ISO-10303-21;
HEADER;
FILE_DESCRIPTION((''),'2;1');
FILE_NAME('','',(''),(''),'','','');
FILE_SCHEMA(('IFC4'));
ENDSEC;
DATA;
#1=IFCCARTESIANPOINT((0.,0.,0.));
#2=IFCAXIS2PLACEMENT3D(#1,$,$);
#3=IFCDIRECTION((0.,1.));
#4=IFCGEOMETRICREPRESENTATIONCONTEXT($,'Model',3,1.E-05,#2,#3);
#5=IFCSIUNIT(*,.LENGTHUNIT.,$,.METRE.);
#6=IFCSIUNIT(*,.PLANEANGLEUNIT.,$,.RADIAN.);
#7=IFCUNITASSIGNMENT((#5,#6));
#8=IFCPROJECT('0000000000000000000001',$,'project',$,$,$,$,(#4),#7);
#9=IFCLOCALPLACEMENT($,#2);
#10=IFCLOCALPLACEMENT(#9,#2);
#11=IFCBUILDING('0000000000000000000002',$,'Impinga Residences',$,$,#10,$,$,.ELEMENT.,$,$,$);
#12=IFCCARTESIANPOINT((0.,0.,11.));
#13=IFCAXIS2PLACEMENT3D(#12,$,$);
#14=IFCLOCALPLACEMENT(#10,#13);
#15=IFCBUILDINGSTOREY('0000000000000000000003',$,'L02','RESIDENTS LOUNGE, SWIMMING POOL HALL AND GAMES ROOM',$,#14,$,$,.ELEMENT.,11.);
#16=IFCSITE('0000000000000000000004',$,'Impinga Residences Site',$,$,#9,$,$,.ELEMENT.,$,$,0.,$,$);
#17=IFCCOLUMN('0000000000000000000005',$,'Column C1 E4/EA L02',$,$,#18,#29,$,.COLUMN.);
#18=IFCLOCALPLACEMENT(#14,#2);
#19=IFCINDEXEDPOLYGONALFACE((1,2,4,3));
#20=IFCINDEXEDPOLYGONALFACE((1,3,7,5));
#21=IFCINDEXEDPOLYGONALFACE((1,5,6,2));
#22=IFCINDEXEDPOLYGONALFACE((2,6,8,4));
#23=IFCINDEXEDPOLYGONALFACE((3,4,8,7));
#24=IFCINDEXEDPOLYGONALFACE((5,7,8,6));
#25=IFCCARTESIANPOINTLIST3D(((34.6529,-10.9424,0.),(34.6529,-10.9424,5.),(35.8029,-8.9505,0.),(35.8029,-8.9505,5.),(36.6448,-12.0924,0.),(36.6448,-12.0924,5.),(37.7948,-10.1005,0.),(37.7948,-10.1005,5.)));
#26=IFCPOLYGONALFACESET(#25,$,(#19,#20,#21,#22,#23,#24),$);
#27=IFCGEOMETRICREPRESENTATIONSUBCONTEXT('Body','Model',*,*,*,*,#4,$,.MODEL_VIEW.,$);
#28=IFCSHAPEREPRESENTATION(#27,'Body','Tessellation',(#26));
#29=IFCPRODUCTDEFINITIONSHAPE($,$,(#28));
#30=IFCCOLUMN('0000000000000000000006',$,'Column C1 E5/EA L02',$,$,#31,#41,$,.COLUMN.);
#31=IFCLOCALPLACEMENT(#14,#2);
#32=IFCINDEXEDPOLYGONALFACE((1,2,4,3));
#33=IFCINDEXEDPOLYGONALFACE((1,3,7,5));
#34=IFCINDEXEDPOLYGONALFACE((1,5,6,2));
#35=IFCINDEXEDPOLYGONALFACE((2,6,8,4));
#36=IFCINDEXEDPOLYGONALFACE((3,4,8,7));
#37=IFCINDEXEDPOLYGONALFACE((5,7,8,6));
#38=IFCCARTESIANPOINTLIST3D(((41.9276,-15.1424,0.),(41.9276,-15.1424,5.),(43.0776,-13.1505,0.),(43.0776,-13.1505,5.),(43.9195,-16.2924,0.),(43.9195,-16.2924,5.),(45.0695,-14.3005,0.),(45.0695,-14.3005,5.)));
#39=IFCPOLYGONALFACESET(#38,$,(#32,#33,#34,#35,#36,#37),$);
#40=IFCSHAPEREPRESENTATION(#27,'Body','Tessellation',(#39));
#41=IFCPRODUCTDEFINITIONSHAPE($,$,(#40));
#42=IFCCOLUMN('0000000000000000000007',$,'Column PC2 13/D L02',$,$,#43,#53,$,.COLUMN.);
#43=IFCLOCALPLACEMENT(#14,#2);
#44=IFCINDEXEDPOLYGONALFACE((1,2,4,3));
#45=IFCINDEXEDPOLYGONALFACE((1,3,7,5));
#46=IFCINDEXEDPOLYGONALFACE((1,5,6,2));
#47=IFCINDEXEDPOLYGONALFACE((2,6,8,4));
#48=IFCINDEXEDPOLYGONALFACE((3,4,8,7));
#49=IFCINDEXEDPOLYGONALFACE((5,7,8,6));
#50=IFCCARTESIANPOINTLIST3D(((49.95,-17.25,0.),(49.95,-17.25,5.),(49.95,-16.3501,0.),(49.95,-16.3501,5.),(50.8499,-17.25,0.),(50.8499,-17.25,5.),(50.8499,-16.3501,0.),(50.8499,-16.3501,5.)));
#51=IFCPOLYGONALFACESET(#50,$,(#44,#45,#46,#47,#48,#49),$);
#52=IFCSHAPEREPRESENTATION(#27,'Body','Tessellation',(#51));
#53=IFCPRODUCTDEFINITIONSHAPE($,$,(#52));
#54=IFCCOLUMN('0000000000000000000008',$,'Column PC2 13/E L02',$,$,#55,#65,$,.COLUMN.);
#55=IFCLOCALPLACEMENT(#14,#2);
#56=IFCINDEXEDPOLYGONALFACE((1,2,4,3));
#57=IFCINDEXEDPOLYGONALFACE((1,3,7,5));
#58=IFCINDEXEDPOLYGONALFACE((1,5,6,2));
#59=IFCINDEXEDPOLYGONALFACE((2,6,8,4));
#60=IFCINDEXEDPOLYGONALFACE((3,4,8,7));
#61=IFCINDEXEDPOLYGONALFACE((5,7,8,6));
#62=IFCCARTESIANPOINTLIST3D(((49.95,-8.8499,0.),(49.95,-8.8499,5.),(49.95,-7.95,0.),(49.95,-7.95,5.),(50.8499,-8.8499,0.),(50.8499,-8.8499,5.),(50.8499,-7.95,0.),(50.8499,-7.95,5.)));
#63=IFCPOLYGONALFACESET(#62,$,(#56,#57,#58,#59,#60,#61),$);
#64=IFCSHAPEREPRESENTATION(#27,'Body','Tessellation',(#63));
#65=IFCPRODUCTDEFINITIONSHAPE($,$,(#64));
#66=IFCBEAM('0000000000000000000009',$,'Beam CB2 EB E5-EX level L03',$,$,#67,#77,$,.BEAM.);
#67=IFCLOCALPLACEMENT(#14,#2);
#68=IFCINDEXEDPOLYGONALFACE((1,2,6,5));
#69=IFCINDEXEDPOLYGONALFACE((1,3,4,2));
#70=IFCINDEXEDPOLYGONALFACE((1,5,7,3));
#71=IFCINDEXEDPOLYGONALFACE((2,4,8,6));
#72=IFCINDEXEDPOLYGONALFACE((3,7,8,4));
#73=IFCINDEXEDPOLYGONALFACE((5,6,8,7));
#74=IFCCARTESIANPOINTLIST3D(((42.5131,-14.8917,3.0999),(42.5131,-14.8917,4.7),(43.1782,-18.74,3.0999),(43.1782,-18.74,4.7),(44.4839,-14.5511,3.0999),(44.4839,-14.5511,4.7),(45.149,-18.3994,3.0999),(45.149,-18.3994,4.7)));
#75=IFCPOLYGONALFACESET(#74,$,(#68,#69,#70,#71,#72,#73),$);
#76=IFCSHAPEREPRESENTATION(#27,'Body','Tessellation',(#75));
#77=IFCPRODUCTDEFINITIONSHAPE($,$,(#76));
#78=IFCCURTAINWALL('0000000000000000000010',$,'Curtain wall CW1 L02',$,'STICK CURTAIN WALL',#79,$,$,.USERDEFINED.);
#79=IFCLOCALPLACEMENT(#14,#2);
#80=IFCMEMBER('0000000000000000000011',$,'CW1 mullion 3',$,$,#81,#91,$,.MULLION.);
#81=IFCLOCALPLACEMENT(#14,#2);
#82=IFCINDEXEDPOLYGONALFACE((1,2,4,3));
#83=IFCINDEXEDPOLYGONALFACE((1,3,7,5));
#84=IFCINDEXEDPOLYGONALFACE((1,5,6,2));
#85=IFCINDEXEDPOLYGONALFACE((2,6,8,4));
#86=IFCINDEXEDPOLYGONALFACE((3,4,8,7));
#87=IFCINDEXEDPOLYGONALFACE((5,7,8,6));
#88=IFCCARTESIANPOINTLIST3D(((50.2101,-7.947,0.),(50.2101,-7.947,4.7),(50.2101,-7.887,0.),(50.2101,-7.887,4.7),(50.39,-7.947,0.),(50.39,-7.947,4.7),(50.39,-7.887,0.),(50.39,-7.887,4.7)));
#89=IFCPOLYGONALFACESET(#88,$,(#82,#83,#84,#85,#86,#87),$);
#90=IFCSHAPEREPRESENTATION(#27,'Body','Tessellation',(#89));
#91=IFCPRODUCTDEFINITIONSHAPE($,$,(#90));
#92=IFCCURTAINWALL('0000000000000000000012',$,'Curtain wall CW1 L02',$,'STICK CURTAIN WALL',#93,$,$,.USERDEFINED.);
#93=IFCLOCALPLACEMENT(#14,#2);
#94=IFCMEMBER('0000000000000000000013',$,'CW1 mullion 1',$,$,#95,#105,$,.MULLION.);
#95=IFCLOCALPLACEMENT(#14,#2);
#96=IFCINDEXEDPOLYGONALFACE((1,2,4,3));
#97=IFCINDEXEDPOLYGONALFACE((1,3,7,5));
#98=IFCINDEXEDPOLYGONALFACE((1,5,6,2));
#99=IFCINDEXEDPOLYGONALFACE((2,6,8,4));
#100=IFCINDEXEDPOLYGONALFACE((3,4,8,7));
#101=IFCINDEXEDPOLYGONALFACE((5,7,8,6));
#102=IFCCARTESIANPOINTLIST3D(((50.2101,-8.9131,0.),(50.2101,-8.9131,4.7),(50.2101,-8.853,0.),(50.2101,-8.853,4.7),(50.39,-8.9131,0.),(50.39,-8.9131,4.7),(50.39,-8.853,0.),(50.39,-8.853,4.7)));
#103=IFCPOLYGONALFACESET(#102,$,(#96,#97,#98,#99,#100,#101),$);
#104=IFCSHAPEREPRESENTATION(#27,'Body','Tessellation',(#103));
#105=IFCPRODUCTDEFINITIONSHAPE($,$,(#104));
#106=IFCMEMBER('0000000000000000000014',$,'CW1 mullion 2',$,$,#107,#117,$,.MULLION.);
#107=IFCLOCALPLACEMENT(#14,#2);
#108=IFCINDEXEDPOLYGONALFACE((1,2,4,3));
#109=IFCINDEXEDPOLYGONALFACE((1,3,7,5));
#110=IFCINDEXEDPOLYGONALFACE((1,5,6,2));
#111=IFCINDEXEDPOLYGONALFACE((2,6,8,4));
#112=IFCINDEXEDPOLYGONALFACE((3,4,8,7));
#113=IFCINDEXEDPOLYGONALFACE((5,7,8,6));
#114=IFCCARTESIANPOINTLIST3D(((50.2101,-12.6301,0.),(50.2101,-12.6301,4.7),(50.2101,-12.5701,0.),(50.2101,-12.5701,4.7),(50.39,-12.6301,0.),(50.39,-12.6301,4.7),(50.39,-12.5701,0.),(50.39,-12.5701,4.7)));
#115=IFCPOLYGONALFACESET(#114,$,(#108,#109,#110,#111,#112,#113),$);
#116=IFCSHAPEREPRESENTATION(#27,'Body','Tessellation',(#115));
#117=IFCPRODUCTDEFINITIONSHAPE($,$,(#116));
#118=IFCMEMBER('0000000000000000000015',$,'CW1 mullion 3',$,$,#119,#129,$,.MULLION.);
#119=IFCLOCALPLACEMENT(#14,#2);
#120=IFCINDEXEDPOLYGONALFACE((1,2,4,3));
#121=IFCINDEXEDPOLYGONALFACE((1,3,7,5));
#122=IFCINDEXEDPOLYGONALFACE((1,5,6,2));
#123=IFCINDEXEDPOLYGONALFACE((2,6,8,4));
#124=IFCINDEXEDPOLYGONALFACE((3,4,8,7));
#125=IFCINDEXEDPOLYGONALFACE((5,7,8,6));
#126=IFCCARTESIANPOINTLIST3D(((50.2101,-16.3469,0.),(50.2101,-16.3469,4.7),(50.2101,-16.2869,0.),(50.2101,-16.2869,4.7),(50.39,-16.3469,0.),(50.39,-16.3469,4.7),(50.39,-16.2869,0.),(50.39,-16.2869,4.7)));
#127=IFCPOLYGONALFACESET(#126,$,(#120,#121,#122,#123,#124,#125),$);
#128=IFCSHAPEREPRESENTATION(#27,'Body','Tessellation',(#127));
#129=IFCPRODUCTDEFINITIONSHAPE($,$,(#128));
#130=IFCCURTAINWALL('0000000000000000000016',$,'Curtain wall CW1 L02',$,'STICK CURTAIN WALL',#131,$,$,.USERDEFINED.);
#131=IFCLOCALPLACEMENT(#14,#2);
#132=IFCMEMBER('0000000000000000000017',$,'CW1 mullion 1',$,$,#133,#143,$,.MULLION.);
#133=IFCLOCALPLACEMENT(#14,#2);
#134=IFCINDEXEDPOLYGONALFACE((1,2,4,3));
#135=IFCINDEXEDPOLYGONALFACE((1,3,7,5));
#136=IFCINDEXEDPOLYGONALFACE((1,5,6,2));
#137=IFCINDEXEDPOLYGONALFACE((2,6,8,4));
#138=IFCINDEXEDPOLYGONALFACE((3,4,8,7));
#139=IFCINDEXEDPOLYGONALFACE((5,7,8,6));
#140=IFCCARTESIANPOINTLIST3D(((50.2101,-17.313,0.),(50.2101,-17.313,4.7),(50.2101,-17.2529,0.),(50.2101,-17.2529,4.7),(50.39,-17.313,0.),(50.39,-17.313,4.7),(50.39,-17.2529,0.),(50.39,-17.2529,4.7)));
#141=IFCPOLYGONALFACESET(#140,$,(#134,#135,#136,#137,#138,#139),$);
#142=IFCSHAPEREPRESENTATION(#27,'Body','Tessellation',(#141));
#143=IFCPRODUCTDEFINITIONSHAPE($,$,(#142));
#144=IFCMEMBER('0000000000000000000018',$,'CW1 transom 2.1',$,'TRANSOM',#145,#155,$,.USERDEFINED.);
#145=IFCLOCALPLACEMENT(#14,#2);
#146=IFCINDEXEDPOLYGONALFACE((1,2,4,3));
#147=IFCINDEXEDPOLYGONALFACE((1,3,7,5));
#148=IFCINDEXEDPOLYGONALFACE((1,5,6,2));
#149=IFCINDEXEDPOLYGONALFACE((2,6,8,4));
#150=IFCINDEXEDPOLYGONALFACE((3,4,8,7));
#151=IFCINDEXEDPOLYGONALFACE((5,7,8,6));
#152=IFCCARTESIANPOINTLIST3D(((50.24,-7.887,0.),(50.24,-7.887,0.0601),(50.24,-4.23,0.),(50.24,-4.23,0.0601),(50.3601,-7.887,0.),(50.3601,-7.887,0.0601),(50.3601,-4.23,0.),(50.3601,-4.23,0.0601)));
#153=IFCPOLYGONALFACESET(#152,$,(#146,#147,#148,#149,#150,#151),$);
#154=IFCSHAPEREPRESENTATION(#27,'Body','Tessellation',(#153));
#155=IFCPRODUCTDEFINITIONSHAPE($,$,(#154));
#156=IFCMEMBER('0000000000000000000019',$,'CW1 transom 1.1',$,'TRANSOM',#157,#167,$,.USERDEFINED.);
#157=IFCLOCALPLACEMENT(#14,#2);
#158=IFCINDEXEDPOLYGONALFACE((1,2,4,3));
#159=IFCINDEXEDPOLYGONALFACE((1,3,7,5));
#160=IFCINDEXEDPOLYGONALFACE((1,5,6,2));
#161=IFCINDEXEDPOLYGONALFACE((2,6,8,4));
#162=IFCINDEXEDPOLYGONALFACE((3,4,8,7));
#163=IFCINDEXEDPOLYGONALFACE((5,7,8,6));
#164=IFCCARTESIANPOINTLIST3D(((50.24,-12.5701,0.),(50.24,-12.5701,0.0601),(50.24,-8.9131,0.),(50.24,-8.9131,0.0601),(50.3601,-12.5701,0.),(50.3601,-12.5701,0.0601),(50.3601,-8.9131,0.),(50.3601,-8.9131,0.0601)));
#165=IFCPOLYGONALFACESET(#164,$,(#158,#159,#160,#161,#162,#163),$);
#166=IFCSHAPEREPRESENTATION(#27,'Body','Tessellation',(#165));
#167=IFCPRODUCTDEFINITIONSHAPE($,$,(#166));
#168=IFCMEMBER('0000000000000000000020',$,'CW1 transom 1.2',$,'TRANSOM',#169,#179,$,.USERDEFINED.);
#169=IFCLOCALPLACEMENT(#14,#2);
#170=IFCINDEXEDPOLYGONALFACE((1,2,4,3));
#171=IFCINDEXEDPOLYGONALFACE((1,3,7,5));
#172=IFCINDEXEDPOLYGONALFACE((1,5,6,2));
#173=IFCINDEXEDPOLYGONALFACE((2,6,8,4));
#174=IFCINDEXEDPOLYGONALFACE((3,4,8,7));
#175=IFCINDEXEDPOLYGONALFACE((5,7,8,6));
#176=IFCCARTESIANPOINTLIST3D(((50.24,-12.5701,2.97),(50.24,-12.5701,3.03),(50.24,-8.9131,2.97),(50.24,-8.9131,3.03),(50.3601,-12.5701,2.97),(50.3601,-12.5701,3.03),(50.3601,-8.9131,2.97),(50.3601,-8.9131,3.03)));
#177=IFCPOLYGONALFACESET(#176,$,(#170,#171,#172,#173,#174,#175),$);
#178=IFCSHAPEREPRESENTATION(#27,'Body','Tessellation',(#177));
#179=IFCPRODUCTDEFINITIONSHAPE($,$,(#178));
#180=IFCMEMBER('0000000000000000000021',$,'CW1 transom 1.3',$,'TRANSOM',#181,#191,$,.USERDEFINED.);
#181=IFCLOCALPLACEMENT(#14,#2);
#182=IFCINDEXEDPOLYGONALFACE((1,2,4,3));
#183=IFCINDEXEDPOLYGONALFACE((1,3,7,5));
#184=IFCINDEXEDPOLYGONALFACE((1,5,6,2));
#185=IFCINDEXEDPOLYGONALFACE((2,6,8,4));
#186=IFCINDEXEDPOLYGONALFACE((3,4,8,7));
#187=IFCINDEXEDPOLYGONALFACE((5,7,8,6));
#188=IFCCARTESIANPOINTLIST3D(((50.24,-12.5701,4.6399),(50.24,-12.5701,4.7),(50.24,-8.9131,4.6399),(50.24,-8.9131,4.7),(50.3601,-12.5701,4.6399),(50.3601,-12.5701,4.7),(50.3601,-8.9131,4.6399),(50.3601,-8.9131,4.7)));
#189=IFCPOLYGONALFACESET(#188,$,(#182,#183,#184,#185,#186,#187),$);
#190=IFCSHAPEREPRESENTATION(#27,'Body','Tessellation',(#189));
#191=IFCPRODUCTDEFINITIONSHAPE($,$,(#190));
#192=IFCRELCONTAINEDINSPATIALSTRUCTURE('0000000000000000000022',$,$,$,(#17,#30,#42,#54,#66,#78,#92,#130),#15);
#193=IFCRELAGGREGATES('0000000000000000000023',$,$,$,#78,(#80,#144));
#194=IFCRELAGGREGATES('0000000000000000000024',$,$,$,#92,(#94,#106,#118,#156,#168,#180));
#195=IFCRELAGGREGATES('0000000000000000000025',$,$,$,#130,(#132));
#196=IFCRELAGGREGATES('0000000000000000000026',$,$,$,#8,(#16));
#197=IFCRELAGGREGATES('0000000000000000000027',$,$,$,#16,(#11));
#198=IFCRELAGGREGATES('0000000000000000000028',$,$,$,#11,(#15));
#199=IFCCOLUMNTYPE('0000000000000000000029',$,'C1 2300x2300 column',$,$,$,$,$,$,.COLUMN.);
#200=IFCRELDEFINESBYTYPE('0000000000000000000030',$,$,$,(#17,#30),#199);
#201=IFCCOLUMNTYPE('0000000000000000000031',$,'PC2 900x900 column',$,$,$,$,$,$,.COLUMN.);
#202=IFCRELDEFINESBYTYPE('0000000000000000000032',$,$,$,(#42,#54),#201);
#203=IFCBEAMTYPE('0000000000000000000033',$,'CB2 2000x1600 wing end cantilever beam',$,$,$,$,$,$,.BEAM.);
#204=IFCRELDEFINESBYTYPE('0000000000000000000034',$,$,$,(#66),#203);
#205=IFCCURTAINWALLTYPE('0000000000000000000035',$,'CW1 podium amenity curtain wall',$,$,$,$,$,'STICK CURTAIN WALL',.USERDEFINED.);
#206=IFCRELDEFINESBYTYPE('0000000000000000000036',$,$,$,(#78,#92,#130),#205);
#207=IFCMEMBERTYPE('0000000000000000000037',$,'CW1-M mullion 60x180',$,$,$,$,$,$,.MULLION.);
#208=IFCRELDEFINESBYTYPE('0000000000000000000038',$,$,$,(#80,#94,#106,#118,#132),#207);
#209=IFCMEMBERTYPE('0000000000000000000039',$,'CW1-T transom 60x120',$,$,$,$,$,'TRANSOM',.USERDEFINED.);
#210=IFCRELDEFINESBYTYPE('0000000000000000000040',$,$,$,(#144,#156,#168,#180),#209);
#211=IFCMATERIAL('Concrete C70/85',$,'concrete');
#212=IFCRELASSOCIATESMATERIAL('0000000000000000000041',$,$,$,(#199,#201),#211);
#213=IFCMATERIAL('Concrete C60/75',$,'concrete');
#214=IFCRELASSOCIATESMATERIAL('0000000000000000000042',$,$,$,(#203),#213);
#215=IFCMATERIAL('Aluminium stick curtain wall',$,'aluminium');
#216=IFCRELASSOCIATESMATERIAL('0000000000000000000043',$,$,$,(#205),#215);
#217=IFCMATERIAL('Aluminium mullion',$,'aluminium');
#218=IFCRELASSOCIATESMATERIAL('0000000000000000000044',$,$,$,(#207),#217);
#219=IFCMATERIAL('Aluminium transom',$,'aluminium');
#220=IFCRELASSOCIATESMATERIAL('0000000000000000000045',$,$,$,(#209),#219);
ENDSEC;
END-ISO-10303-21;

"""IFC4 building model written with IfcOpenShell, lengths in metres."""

from ifc_helpers import new_model, si_unit, direction, frame, origin, origin_2d, place, context, subcontext, project, spatial, rectangle, extrude, material, material_profile, profile_set, type_object, element, aggregate, save


model = new_model("IFC4")

# Units and contexts
model_context = context("Model", 3, precision=1e-05, world=origin(), true_north=direction((0.0, 1.0)))
body_context = subcontext(model_context, "Body", "Model", "MODEL_VIEW")
ifc_project = project(units=[si_unit("LENGTHUNIT", "METRE"), si_unit("PLANEANGLEUNIT", "RADIAN")], contexts=[model_context])

# Site, building, storey
site_placement = place(None, origin())
site = spatial("IfcSite", under=ifc_project, at=site_placement, Name="Impinga Residences Site", CompositionType="ELEMENT", RefElevation=0.0)
building_placement = place(site_placement, origin())
building = spatial("IfcBuilding", under=site, at=building_placement, Name="Impinga Residences", CompositionType="ELEMENT")
storey_placement = place(building_placement, frame((0.0, 0.0, 11.0)))
storey = spatial("IfcBuildingStorey", under=building, at=storey_placement, Name="L02", Description="RESIDENTS LOUNGE, SWIMMING POOL HALL AND GAMES ROOM", CompositionType="ELEMENT", Elevation=11.0)

# Columns
ifc_material_1 = material(Name="Concrete C70/85", Category="concrete")
ifc_material_profile_1 = material_profile(ifc_material_1, rectangle(XDim=2.3, YDim=2.3, at=origin_2d()), Name="RC 2300x2300")
ifc_profile_set_1 = profile_set([ifc_material_profile_1], Name="Concrete C70/85")
column_type_1 = type_object("IfcColumnType", Name="C1 2300x2300 column", PredefinedType="COLUMN", material=ifc_profile_set_1)
for number, where, z_axis, x_axis, name in (
    (1, (36.2239, -10.5215, 0.0), (0.0, 0.0, 1.0), (-0.5, -0.866025, 0.0), "Column C1 E4/EA L02"),
    (2, (43.4985, -14.7214, 0.0), (0.0, 0.0, 1.0), (-0.5, -0.866025, 0.0), "Column C1 E5/EA L02"),
):
    element("IfcColumn", number, at=place(storey_placement, frame(where, z_axis=z_axis, x_axis=x_axis)), inside=storey, type_object=column_type_1, Name=name, PredefinedType="COLUMN", context=body_context, shape_type="SweptSolid", body=[
        extrude(rectangle(XDim=2.3, YDim=2.3, at=origin_2d()), origin(), (0.0, 0.0, 1.0), 5.0),
    ])
ifc_material_profile_2 = material_profile(ifc_material_1, rectangle(XDim=0.8999, YDim=0.8999, at=origin_2d()), Name="RC 900x900")
ifc_profile_set_2 = profile_set([ifc_material_profile_2], Name="Concrete C70/85")
column_type_2 = type_object("IfcColumnType", Name="PC2 900x900 column", PredefinedType="COLUMN", material=ifc_profile_set_2)
for number, where, z_axis, x_axis, name in (
    (3, (50.3999, -16.8, 0.0), (0.0, 0.0, 1.0), (1.0, 0.0, 0.0), "Column PC2 13/D L02"),
    (4, (50.3999, -8.3999, 0.0), (0.0, 0.0, 1.0), (1.0, 0.0, 0.0), "Column PC2 13/E L02"),
):
    element("IfcColumn", number, at=place(storey_placement, frame(where, z_axis=z_axis, x_axis=x_axis)), inside=storey, type_object=column_type_2, Name=name, PredefinedType="COLUMN", context=body_context, shape_type="SweptSolid", body=[
        extrude(rectangle(XDim=0.8999, YDim=0.8999, at=origin_2d()), origin(), (0.0, 0.0, 1.0), 5.0),
    ])

# Beam
ifc_material_2 = material(Name="Concrete C60/75", Category="concrete")
ifc_material_profile_3 = material_profile(ifc_material_2, rectangle(XDim=2.0, YDim=1.6001, at=origin_2d()), Name="RC 2000x1600")
ifc_profile_set_3 = profile_set([ifc_material_profile_3], Name="Concrete C60/75")
beam_type_1 = type_object("IfcBeamType", Name="CB2 2000x1600 wing end cantilever beam", PredefinedType="BEAM", material=ifc_profile_set_3)
beam_1_placement = place(storey_placement, frame((43.4985, -14.7214, 3.8999), z_axis=(0.170296, -0.985393, 0.0), x_axis=(0.985393, 0.170296, 0.0)))
element("IfcBeam", 5, at=beam_1_placement, inside=storey, type_object=beam_type_1, Name="Beam CB2 EB E5-EX level L03", PredefinedType="BEAM", context=body_context, shape_type="SweptSolid", body=[
    extrude(rectangle(XDim=2.0, YDim=1.6001, at=origin_2d()), origin(), (0.0, 0.0, 1.0), 3.9053),
])

# Curtain wall, member
ifc_material_3 = material(Name="Aluminium stick curtain wall", Category="aluminium")
curtain_wall_type = type_object("IfcCurtainWallType", Name="CW1 podium amenity curtain wall", ElementType="STICK CURTAIN WALL", PredefinedType="USERDEFINED", material=ifc_material_3)
curtain_wall_1_placement = place(storey_placement, origin())
curtain_wall_1 = element("IfcCurtainWall", 6, at=curtain_wall_1_placement, inside=storey, type_object=curtain_wall_type, Name="Curtain wall CW1 L02", ObjectType="STICK CURTAIN WALL", PredefinedType="USERDEFINED")
ifc_material_4 = material(Name="Aluminium mullion", Category="aluminium")
ifc_material_profile_4 = material_profile(ifc_material_4, rectangle(XDim=0.0601, YDim=0.1799, at=origin_2d()), Name="60x180 mullion")
ifc_profile_set_4 = profile_set([ifc_material_profile_4], Name="Aluminium mullion")
member_type_1 = type_object("IfcMemberType", Name="CW1-M mullion 60x180", PredefinedType="MULLION", material=ifc_profile_set_4)
member_1_placement = place(storey_placement, frame((50.3, -7.917, 0.0), z_axis=(0.0, 0.0, 1.0), x_axis=(0.0, -1.0, 0.0)))
member_1 = element("IfcMember", 7, at=member_1_placement, type_object=member_type_1, Name="CW1 mullion 3", PredefinedType="MULLION", context=body_context, shape_type="SweptSolid", body=[
    extrude(rectangle(XDim=0.0601, YDim=0.1799, at=origin_2d()), origin(), (0.0, 0.0, 1.0), 4.7),
])

# Curtain wall, members
curtain_wall_2_placement = place(storey_placement, origin())
curtain_wall_2 = element("IfcCurtainWall", 8, at=curtain_wall_2_placement, inside=storey, type_object=curtain_wall_type, Name="Curtain wall CW1 L02", ObjectType="STICK CURTAIN WALL", PredefinedType="USERDEFINED")
member_2_placement = place(storey_placement, frame((50.3, -8.8831, 0.0), z_axis=(0.0, 0.0, 1.0), x_axis=(0.0, -1.0, 0.0)))
member_2 = element("IfcMember", 9, at=member_2_placement, type_object=member_type_1, Name="CW1 mullion 1", PredefinedType="MULLION", context=body_context, shape_type="SweptSolid", body=[
    extrude(rectangle(XDim=0.0601, YDim=0.1799, at=origin_2d()), origin(), (0.0, 0.0, 1.0), 4.7),
])
member_3_placement = place(storey_placement, frame((50.3, -12.6001, 0.0), z_axis=(0.0, 0.0, 1.0), x_axis=(0.0, -1.0, 0.0)))
member_3 = element("IfcMember", 10, at=member_3_placement, type_object=member_type_1, Name="CW1 mullion 2", PredefinedType="MULLION", context=body_context, shape_type="SweptSolid", body=[
    extrude(rectangle(XDim=0.0601, YDim=0.1799, at=origin_2d()), origin(), (0.0, 0.0, 1.0), 4.7),
])
member_4_placement = place(storey_placement, frame((50.3, -16.3169, 0.0), z_axis=(0.0, 0.0, 1.0), x_axis=(0.0, -1.0, 0.0)))
member_4 = element("IfcMember", 11, at=member_4_placement, type_object=member_type_1, Name="CW1 mullion 3", PredefinedType="MULLION", context=body_context, shape_type="SweptSolid", body=[
    extrude(rectangle(XDim=0.0601, YDim=0.1799, at=origin_2d()), origin(), (0.0, 0.0, 1.0), 4.7),
])

# Curtain wall, member
curtain_wall_3_placement = place(storey_placement, origin())
curtain_wall_3 = element("IfcCurtainWall", 12, at=curtain_wall_3_placement, inside=storey, type_object=curtain_wall_type, Name="Curtain wall CW1 L02", ObjectType="STICK CURTAIN WALL", PredefinedType="USERDEFINED")
member_5_placement = place(storey_placement, frame((50.3, -17.283, 0.0), z_axis=(0.0, 0.0, 1.0), x_axis=(0.0, -1.0, 0.0)))
member_5 = element("IfcMember", 13, at=member_5_placement, type_object=member_type_1, Name="CW1 mullion 1", PredefinedType="MULLION", context=body_context, shape_type="SweptSolid", body=[
    extrude(rectangle(XDim=0.0601, YDim=0.1799, at=origin_2d()), origin(), (0.0, 0.0, 1.0), 4.7),
])

# Members
ifc_material_5 = material(Name="Aluminium transom", Category="aluminium")
ifc_material_profile_5 = material_profile(ifc_material_5, rectangle(XDim=0.0601, YDim=0.1201, at=origin_2d()), Name="60x120 transom")
ifc_profile_set_5 = profile_set([ifc_material_profile_5], Name="Aluminium transom")
member_type_2 = type_object("IfcMemberType", Name="CW1-T transom 60x120", ElementType="TRANSOM", PredefinedType="USERDEFINED", material=ifc_profile_set_5)
member_6_placement = place(storey_placement, frame((50.3, -4.23, 0.03), z_axis=(0.0, -1.0, 0.0), x_axis=(0.0, 0.0, 1.0)))
member_6 = element("IfcMember", 14, at=member_6_placement, type_object=member_type_2, Name="CW1 transom 2.1", ObjectType="TRANSOM", PredefinedType="USERDEFINED", context=body_context, shape_type="SweptSolid", body=[
    extrude(rectangle(XDim=0.0601, YDim=0.1201, at=origin_2d()), origin(), (0.0, 0.0, 1.0), 3.657),
])
member_7_placement = place(storey_placement, frame((50.3, -8.9131, 0.03), z_axis=(0.0, -1.0, 0.0), x_axis=(0.0, 0.0, 1.0)))
member_7 = element("IfcMember", 15, at=member_7_placement, type_object=member_type_2, Name="CW1 transom 1.1", ObjectType="TRANSOM", PredefinedType="USERDEFINED", context=body_context, shape_type="SweptSolid", body=[
    extrude(rectangle(XDim=0.0601, YDim=0.1201, at=origin_2d()), origin(), (0.0, 0.0, 1.0), 3.657),
])
member_8_placement = place(storey_placement, frame((50.3, -8.9131, 3.0), z_axis=(0.0, -1.0, 0.0), x_axis=(0.0, 0.0, 1.0)))
member_8 = element("IfcMember", 16, at=member_8_placement, type_object=member_type_2, Name="CW1 transom 1.2", ObjectType="TRANSOM", PredefinedType="USERDEFINED", context=body_context, shape_type="SweptSolid", body=[
    extrude(rectangle(XDim=0.0601, YDim=0.1201, at=origin_2d()), origin(), (0.0, 0.0, 1.0), 3.657),
])
member_9_placement = place(storey_placement, frame((50.3, -8.9131, 4.6699), z_axis=(0.0, -1.0, 0.0), x_axis=(0.0, 0.0, 1.0)))
member_9 = element("IfcMember", 17, at=member_9_placement, type_object=member_type_2, Name="CW1 transom 1.3", ObjectType="TRANSOM", PredefinedType="USERDEFINED", context=body_context, shape_type="SweptSolid", body=[
    extrude(rectangle(XDim=0.0601, YDim=0.1201, at=origin_2d()), origin(), (0.0, 0.0, 1.0), 3.657),
])

aggregate(curtain_wall_1, [member_1, member_6])
aggregate(curtain_wall_2, [member_2, member_3, member_4, member_7, member_8, member_9])
aggregate(curtain_wall_3, [member_5])

save(model, "model.ifc")
